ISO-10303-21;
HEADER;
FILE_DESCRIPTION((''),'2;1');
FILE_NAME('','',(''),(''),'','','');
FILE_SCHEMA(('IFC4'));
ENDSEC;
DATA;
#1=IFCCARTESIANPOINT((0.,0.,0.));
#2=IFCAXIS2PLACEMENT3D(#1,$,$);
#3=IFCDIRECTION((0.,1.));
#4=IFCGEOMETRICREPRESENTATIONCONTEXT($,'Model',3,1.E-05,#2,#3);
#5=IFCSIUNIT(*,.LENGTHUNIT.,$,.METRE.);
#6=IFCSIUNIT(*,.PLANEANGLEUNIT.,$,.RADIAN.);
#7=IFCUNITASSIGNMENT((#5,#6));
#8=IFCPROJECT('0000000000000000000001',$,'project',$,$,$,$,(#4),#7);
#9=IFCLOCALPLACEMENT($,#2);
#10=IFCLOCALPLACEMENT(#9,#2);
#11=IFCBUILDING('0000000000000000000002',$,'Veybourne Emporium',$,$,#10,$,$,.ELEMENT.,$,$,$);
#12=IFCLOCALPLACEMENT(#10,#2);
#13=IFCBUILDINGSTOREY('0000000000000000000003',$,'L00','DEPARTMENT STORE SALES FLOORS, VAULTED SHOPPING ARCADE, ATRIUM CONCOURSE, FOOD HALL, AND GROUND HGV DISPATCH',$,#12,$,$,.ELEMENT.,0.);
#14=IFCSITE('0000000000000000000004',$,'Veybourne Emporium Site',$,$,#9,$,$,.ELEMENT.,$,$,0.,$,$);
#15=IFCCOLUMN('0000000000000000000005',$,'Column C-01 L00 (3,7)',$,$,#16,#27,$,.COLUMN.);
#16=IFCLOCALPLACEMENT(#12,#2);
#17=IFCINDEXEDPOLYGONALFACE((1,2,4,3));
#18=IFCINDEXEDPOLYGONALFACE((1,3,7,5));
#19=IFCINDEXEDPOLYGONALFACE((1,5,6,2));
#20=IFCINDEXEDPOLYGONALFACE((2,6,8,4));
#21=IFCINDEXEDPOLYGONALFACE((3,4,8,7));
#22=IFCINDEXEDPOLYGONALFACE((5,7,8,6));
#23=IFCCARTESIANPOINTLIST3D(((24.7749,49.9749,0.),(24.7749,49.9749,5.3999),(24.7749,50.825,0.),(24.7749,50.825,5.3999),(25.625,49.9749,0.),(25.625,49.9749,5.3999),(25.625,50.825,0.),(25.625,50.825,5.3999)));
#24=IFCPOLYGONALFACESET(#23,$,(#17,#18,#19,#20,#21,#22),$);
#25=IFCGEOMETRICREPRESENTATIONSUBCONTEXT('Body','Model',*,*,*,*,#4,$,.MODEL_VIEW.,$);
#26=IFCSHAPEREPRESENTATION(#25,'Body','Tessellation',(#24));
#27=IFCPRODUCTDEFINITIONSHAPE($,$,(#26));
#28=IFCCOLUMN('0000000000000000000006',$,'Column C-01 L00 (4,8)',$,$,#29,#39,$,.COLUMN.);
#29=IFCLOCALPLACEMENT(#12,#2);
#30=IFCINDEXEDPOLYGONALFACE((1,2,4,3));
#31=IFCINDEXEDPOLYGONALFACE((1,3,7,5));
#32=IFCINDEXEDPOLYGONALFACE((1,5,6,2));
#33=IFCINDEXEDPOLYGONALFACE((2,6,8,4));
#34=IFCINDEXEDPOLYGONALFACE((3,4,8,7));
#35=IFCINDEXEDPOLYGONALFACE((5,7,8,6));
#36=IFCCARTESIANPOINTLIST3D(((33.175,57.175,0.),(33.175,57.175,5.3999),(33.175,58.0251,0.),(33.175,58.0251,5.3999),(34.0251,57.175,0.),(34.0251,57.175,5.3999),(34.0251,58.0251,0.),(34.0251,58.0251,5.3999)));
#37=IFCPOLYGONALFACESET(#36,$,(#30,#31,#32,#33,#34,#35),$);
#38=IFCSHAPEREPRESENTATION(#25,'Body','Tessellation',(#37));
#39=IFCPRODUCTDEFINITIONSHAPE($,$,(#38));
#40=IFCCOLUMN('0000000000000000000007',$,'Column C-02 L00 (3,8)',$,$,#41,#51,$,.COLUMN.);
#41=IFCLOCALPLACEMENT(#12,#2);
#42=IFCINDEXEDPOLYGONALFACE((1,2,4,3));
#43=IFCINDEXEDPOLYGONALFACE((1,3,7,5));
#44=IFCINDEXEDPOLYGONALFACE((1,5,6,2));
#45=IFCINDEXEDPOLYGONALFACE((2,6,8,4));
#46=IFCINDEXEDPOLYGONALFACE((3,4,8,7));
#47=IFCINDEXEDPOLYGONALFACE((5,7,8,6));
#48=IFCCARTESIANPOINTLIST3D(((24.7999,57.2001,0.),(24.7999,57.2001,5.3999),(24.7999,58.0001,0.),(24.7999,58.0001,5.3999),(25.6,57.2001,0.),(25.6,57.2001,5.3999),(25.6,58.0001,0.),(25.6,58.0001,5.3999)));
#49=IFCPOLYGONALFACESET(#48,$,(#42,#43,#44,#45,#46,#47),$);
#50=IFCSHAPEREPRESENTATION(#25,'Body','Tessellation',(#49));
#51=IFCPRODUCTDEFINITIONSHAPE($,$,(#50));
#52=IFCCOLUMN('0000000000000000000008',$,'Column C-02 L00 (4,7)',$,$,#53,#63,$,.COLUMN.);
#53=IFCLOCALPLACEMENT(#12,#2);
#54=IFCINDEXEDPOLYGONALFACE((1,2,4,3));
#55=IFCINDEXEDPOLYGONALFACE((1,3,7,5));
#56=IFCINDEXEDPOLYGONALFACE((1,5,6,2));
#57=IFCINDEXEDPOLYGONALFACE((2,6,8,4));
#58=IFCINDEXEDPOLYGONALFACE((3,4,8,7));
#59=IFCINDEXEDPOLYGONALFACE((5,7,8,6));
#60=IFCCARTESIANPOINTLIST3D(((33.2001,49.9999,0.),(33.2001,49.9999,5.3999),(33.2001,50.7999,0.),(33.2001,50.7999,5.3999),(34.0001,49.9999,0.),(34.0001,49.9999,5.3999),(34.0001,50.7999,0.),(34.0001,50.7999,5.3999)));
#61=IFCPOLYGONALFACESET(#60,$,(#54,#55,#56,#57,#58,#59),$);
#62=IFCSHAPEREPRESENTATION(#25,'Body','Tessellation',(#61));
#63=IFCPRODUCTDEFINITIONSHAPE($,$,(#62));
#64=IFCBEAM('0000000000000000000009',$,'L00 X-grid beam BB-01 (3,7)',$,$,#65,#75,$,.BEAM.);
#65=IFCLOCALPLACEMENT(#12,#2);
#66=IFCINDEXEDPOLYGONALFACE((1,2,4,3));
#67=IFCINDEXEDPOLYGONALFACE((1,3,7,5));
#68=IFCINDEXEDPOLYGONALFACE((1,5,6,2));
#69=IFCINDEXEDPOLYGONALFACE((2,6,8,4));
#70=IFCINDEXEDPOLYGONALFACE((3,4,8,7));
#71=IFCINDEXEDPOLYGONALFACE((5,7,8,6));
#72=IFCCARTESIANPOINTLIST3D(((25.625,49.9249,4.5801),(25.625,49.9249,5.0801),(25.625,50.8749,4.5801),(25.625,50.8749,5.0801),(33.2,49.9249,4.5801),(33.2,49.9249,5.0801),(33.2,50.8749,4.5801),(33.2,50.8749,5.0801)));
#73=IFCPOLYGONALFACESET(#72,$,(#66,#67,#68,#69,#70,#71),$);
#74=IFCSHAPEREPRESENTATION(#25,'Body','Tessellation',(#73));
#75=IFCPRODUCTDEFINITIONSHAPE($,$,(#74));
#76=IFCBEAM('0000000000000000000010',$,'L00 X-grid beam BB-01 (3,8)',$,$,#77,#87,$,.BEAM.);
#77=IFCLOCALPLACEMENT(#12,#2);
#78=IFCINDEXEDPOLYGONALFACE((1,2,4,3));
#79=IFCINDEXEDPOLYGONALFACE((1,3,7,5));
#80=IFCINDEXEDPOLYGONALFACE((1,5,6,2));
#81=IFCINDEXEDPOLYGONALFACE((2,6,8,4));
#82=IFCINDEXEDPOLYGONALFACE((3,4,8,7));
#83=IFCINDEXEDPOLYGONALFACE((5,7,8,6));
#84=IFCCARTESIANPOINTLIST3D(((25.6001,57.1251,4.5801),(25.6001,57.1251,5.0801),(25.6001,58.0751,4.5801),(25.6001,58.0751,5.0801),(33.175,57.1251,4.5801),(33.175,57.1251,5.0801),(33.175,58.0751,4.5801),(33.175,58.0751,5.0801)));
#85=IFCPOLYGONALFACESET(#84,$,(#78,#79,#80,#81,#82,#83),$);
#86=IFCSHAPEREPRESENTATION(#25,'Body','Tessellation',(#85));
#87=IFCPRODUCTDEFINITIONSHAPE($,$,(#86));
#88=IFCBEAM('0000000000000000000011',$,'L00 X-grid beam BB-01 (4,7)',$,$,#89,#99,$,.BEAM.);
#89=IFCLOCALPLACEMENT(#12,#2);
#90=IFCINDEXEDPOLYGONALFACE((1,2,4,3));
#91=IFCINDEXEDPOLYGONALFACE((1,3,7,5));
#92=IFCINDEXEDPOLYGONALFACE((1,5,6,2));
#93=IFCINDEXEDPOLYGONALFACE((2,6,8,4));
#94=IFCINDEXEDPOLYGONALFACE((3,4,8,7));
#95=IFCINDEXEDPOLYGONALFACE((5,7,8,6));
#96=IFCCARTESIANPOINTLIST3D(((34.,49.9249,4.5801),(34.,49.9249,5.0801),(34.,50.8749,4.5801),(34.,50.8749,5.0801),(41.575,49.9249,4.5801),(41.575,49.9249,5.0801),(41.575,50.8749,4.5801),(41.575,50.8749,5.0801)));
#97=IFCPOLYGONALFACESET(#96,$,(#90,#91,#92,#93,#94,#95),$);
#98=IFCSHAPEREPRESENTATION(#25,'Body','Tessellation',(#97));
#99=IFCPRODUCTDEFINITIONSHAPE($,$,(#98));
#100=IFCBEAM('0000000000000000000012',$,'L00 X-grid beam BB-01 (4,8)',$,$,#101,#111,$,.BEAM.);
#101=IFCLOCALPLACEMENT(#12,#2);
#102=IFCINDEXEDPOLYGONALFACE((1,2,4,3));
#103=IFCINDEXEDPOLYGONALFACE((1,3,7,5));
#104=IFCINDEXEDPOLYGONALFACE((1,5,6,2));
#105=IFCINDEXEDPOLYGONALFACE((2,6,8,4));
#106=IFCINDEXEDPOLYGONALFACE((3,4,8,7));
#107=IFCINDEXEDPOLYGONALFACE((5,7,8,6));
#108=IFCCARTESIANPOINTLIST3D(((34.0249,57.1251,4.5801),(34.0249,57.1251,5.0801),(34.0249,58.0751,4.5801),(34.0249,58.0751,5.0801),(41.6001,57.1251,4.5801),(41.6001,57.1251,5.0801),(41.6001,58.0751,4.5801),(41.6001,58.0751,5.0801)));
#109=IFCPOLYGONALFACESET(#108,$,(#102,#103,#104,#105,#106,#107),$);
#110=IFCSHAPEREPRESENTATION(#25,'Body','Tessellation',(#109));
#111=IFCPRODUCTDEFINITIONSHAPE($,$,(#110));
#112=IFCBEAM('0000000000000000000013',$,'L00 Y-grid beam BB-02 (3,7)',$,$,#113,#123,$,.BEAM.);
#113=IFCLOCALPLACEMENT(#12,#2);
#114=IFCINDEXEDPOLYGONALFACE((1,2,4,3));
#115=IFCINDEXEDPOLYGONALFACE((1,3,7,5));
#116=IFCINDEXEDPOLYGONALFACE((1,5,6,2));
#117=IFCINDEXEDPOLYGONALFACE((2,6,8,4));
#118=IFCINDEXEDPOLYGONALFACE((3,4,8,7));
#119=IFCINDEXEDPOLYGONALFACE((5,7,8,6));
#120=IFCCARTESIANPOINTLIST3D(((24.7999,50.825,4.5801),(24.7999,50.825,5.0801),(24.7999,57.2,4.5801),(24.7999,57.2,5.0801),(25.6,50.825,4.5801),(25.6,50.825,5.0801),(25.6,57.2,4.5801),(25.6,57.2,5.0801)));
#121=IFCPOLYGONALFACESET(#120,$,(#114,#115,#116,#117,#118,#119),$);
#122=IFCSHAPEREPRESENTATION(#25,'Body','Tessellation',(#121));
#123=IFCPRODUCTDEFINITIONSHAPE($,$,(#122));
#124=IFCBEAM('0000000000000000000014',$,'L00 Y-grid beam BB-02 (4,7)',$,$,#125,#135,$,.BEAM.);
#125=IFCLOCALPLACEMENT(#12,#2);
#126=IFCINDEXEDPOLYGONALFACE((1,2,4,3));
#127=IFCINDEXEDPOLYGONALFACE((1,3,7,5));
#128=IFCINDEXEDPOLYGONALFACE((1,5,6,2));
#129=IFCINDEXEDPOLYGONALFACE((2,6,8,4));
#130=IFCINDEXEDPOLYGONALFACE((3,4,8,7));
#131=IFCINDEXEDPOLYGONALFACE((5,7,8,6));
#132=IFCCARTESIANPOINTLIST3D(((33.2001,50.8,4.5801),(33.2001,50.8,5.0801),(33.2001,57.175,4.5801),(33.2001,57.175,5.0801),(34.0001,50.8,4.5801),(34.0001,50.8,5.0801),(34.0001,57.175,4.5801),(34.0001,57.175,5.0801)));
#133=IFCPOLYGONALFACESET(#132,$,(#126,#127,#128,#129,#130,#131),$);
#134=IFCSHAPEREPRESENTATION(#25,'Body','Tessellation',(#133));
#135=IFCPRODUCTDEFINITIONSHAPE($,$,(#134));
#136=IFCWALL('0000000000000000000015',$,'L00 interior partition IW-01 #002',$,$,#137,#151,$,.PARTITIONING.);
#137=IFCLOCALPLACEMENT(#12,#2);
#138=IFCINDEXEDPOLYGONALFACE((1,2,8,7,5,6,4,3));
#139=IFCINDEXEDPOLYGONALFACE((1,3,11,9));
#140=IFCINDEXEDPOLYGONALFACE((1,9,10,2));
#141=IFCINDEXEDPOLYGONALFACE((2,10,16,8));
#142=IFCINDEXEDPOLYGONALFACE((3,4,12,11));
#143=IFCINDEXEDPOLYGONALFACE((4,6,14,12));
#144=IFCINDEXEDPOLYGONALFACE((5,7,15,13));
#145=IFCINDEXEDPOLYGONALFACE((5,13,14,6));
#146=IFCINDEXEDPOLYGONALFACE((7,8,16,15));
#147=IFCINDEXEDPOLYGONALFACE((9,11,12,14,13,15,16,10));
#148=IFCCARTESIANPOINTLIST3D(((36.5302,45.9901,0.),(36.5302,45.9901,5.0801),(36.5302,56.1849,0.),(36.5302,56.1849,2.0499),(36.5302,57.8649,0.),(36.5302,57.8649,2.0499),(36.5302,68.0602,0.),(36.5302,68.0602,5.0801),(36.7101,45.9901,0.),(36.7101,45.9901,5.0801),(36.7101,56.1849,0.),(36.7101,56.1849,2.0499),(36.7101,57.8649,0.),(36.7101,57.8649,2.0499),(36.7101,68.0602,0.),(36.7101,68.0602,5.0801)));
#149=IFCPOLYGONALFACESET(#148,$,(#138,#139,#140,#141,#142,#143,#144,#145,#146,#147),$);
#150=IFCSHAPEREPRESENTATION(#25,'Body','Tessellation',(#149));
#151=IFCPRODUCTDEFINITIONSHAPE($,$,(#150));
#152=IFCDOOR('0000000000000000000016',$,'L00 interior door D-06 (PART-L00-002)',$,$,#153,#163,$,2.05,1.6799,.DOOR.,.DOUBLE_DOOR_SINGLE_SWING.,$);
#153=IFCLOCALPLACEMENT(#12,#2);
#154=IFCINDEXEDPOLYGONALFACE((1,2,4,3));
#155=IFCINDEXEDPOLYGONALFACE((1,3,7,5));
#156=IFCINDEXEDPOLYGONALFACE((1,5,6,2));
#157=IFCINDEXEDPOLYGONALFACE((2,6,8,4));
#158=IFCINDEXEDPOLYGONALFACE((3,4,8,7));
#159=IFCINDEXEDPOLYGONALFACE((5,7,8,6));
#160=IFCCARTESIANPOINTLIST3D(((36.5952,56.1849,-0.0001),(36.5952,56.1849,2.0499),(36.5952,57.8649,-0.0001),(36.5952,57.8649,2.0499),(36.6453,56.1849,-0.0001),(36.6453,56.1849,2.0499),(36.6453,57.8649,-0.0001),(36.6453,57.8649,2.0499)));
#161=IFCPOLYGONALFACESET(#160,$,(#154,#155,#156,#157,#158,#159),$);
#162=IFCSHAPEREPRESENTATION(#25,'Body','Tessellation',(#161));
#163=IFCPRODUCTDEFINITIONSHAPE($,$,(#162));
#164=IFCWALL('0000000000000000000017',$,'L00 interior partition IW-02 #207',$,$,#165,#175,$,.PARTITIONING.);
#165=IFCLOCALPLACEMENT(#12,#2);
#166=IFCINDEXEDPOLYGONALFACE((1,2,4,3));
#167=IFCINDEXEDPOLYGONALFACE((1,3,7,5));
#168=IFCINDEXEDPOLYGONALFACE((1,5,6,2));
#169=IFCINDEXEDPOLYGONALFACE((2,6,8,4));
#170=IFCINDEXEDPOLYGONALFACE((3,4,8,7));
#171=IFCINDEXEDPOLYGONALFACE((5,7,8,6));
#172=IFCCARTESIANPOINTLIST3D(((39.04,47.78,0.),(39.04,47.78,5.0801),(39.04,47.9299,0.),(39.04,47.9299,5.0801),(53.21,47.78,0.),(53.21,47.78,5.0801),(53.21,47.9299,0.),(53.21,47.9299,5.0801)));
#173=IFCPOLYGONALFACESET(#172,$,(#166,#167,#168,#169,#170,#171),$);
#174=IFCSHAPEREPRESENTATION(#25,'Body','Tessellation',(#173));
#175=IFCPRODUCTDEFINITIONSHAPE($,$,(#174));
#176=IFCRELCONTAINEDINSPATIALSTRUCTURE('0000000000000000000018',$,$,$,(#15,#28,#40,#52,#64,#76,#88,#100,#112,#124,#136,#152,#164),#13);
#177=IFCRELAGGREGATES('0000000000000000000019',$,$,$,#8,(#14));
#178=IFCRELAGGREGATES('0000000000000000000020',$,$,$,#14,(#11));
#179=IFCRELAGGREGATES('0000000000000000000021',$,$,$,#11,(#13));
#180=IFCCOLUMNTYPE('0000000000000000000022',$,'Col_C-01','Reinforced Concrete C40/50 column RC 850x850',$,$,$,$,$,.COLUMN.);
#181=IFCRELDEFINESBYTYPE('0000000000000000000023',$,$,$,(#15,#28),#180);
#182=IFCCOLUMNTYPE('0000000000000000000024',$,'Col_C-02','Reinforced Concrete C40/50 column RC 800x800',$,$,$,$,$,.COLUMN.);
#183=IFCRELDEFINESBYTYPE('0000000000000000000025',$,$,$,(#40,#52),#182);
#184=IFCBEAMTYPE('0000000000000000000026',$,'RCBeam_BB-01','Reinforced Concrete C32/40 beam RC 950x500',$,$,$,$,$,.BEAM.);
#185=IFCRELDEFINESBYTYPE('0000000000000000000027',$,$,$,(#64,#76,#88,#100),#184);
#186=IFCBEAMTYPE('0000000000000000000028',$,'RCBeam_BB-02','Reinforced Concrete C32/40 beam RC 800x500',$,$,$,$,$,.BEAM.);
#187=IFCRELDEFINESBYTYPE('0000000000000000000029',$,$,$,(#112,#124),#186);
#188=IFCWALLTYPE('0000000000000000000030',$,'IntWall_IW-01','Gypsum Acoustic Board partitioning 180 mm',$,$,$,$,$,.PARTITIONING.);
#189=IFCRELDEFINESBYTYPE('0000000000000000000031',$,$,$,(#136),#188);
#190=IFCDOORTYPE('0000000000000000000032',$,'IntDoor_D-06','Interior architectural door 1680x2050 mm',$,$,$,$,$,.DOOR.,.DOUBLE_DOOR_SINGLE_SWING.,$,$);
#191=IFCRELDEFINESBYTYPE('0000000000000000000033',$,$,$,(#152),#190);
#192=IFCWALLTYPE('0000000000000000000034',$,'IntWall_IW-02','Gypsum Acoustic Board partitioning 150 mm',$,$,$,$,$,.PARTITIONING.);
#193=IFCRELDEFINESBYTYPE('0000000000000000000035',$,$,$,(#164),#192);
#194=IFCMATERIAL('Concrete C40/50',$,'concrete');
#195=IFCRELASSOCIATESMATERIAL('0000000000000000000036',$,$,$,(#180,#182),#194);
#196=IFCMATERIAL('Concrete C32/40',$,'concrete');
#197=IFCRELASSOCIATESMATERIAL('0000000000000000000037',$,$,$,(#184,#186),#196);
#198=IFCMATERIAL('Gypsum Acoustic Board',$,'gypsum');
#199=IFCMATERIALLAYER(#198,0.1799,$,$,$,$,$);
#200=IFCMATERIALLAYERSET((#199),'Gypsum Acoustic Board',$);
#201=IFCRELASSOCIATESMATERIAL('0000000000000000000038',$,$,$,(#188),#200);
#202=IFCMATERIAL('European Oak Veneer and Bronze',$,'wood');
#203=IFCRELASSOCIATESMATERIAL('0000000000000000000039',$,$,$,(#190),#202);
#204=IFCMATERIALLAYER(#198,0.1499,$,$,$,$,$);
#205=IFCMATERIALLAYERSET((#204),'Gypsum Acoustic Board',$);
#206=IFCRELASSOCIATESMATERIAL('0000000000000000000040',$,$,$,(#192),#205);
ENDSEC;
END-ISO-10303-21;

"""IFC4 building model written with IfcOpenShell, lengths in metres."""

from ifc_helpers import new_model, si_unit, direction, frame, frame_2d, origin, origin_2d, place, context, subcontext, project, spatial, rectangle, extrude, material, layer, layer_set, material_profile, profile_set, type_object, element, fill, save


model = new_model("IFC4")

# Units and contexts
model_context = context("Model", 3, precision=1e-05, world=origin(), true_north=direction((0.0, 1.0)))
body_context = subcontext(model_context, "Body", "Model", "MODEL_VIEW")
ifc_project = project(units=[si_unit("LENGTHUNIT", "METRE"), si_unit("PLANEANGLEUNIT", "RADIAN")], contexts=[model_context])

# Site, building, storey
site_placement = place(None, origin())
site = spatial("IfcSite", under=ifc_project, at=site_placement, Name="Veybourne Emporium Site", CompositionType="ELEMENT", RefElevation=0.0)
building_placement = place(site_placement, origin())
building = spatial("IfcBuilding", under=site, at=building_placement, Name="Veybourne Emporium", CompositionType="ELEMENT")
storey_placement = place(building_placement, origin())
storey = spatial("IfcBuildingStorey", under=building, at=storey_placement, Name="L00", Description="DEPARTMENT STORE SALES FLOORS, VAULTED SHOPPING ARCADE, ATRIUM CONCOURSE, FOOD HALL, AND GROUND HGV DISPATCH", CompositionType="ELEMENT", Elevation=0.0)

# Columns
ifc_material_1 = material(Name="Concrete C40/50", Category="concrete")
ifc_material_profile_1 = material_profile(ifc_material_1, rectangle(XDim=0.8501, YDim=0.8501, at=origin_2d()), Name="RC 850x850")
ifc_profile_set_1 = profile_set([ifc_material_profile_1], Name="Concrete C40/50")
column_type_1 = type_object("IfcColumnType", Name="Col_C-01", Description="Reinforced Concrete C40/50 column RC 850x850", PredefinedType="COLUMN", material=ifc_profile_set_1)
for number, where, z_axis, x_axis, name in (
    (1, (25.2, 50.3999, 0.0), (0.0, 0.0, 1.0), (1.0, 0.0, 0.0), "Column C-01 L00 (3,7)"),
    (2, (33.6001, 57.6001, 0.0), (0.0, 0.0, 1.0), (1.0, 0.0, 0.0), "Column C-01 L00 (4,8)"),
):
    element("IfcColumn", number, at=place(storey_placement, frame(where, z_axis=z_axis, x_axis=x_axis)), inside=storey, type_object=column_type_1, Name=name, PredefinedType="COLUMN", context=body_context, shape_type="SweptSolid", body=[
        extrude(rectangle(XDim=0.8501, YDim=0.8501, at=origin_2d()), origin(), (0.0, 0.0, 1.0), 5.3999),
    ])
ifc_material_profile_2 = material_profile(ifc_material_1, rectangle(XDim=0.8, YDim=0.8, at=origin_2d()), Name="RC 800x800")
ifc_profile_set_2 = profile_set([ifc_material_profile_2], Name="Concrete C40/50")
column_type_2 = type_object("IfcColumnType", Name="Col_C-02", Description="Reinforced Concrete C40/50 column RC 800x800", PredefinedType="COLUMN", material=ifc_profile_set_2)
for number, where, z_axis, x_axis, name in (
    (3, (25.2, 57.6001, 0.0), (0.0, 0.0, 1.0), (1.0, 0.0, 0.0), "Column C-02 L00 (3,8)"),
    (4, (33.6001, 50.3999, 0.0), (0.0, 0.0, 1.0), (1.0, 0.0, 0.0), "Column C-02 L00 (4,7)"),
):
    element("IfcColumn", number, at=place(storey_placement, frame(where, z_axis=z_axis, x_axis=x_axis)), inside=storey, type_object=column_type_2, Name=name, PredefinedType="COLUMN", context=body_context, shape_type="SweptSolid", body=[
        extrude(rectangle(XDim=0.8, YDim=0.8, at=origin_2d()), origin(), (0.0, 0.0, 1.0), 5.3999),
    ])

# Beams
ifc_material_2 = material(Name="Concrete C32/40", Category="concrete")
ifc_material_profile_3 = material_profile(ifc_material_2, rectangle(XDim=0.95, YDim=0.5, at=origin_2d()), Name="RC 950x500")
ifc_profile_set_3 = profile_set([ifc_material_profile_3], Name="Concrete C32/40")
beam_type_1 = type_object("IfcBeamType", Name="RCBeam_BB-01", Description="Reinforced Concrete C32/40 beam RC 950x500", PredefinedType="BEAM", material=ifc_profile_set_3)
for number, where, z_axis, x_axis, name in (
    (5, (25.625, 50.3999, 4.8301), (1.0, 0.0, 0.0), (0.0, 1.0, 0.0), "L00 X-grid beam BB-01 (3,7)"),
    (6, (25.6001, 57.6001, 4.8301), (1.0, 0.0, 0.0), (0.0, 1.0, 0.0), "L00 X-grid beam BB-01 (3,8)"),
    (7, (34.0, 50.3999, 4.8301), (1.0, 0.0, 0.0), (0.0, 1.0, 0.0), "L00 X-grid beam BB-01 (4,7)"),
):
    element("IfcBeam", number, at=place(storey_placement, frame(where, z_axis=z_axis, x_axis=x_axis)), inside=storey, type_object=beam_type_1, Name=name, PredefinedType="BEAM", context=body_context, shape_type="SweptSolid", body=[
        extrude(rectangle(XDim=0.95, YDim=0.5, at=origin_2d()), origin(), (0.0, 0.0, 1.0), 7.575),
    ])
beam_placement = place(storey_placement, frame((34.0249, 57.6001, 4.8301), z_axis=(1.0, 0.0, 0.0), x_axis=(0.0, 1.0, 0.0)))
element("IfcBeam", 8, at=beam_placement, inside=storey, type_object=beam_type_1, Name="L00 X-grid beam BB-01 (4,8)", PredefinedType="BEAM", context=body_context, shape_type="SweptSolid", body=[
    extrude(rectangle(XDim=0.95, YDim=0.5, at=origin_2d()), origin(), (0.0, 0.0, 1.0), 7.5752),
])
ifc_material_profile_4 = material_profile(ifc_material_2, rectangle(XDim=0.8, YDim=0.5, at=origin_2d()), Name="RC 800x500")
ifc_profile_set_4 = profile_set([ifc_material_profile_4], Name="Concrete C32/40")
beam_type_2 = type_object("IfcBeamType", Name="RCBeam_BB-02", Description="Reinforced Concrete C32/40 beam RC 800x500", PredefinedType="BEAM", material=ifc_profile_set_4)
for number, where, z_axis, x_axis, name in (
    (9, (25.2, 50.825, 4.8301), (0.0, 1.0, 0.0), (-1.0, 0.0, 0.0), "L00 Y-grid beam BB-02 (3,7)"),
    (10, (33.6001, 50.8, 4.8301), (0.0, 1.0, 0.0), (-1.0, 0.0, 0.0), "L00 Y-grid beam BB-02 (4,7)"),
):
    element("IfcBeam", number, at=place(storey_placement, frame(where, z_axis=z_axis, x_axis=x_axis)), inside=storey, type_object=beam_type_2, Name=name, PredefinedType="BEAM", context=body_context, shape_type="SweptSolid", body=[
        extrude(rectangle(XDim=0.8, YDim=0.5, at=origin_2d()), origin(), (0.0, 0.0, 1.0), 6.375),
    ])

# Wall, opening, door
ifc_material_3 = material(Name="Gypsum Acoustic Board", Category="gypsum")
ifc_layer_1 = layer(ifc_material_3, 0.1799)
ifc_layer_set_1 = layer_set([ifc_layer_1], Name="Gypsum Acoustic Board")
wall_type_1 = type_object("IfcWallType", Name="IntWall_IW-01", Description="Gypsum Acoustic Board partitioning 180 mm", PredefinedType="PARTITIONING", material=ifc_layer_set_1)
wall_1_placement = place(storey_placement, frame((36.6201, 45.99, 0.0), z_axis=(0.0, 0.0, 1.0), x_axis=(0.0, 1.0, 0.0)))
wall_1 = element("IfcWall", 11, at=wall_1_placement, inside=storey, type_object=wall_type_1, Name="L00 interior partition IW-01 #002", PredefinedType="PARTITIONING", context=body_context, shape_type="SweptSolid", body=[
    extrude(rectangle(XDim=22.0701, YDim=0.1799, at=frame_2d((11.0352, 0.0))), origin(), (0.0, 0.0, 1.0), 5.0801),
])
opening_1_placement = place(wall_1_placement, frame((10.1951, 0.0, 0.0)))
opening_1 = element("IfcOpeningElement", 12, at=opening_1_placement, cuts=wall_1, PredefinedType="OPENING", context=body_context, shape_type="SweptSolid", body=[
    extrude(rectangle(XDim=1.6799, YDim=2.05, at=frame_2d((0.8398, 1.0249))), frame((0.0, 0.1099, 0.0), z_axis=(0.0, -1.0, 0.0), x_axis=(1.0, 0.0, 0.0)), (0.0, 0.0, 1.0), 0.22),
])
ifc_material_4 = material(Name="European Oak Veneer and Bronze", Category="wood")
door_type_1 = type_object("IfcDoorType", Name="IntDoor_D-06", Description="Interior architectural door 1680x2050 mm", OperationType="DOUBLE_DOOR_SINGLE_SWING", PredefinedType="DOOR", material=ifc_material_4)
door_1_placement = place(opening_1_placement, origin())
door_1 = element("IfcDoor", 13, at=door_1_placement, inside=storey, type_object=door_type_1, Name="L00 interior door D-06 (PART-L00-002)", OperationType="DOUBLE_DOOR_SINGLE_SWING", OverallHeight=2.05, OverallWidth=1.6799, PredefinedType="DOOR", context=body_context, shape_type="SweptSolid", body=[
    extrude(rectangle(XDim=1.6799, YDim=2.05, at=frame_2d((0.8398, 1.0249))), frame((0.0, 0.0249, 0.0), z_axis=(0.0, -1.0, 0.0), x_axis=(1.0, 0.0, 0.0)), (0.0, 0.0, 1.0), 0.05),
])
fill(opening_1, door_1)

# Wall
ifc_layer_2 = layer(ifc_material_3, 0.1499)
ifc_layer_set_2 = layer_set([ifc_layer_2], Name="Gypsum Acoustic Board")
wall_type_2 = type_object("IfcWallType", Name="IntWall_IW-02", Description="Gypsum Acoustic Board partitioning 150 mm", PredefinedType="PARTITIONING", material=ifc_layer_set_2)
wall_2_placement = place(storey_placement, frame((39.04, 47.855, 0.0), z_axis=(0.0, 0.0, 1.0), x_axis=(1.0, 0.0, 0.0)))
element("IfcWall", 14, at=wall_2_placement, inside=storey, type_object=wall_type_2, Name="L00 interior partition IW-02 #207", PredefinedType="PARTITIONING", context=body_context, shape_type="SweptSolid", body=[
    extrude(rectangle(XDim=14.1699, YDim=0.1499, at=frame_2d((7.085, 0.0))), origin(), (0.0, 0.0, 1.0), 5.0801),
])

save(model, "model.ifc")
